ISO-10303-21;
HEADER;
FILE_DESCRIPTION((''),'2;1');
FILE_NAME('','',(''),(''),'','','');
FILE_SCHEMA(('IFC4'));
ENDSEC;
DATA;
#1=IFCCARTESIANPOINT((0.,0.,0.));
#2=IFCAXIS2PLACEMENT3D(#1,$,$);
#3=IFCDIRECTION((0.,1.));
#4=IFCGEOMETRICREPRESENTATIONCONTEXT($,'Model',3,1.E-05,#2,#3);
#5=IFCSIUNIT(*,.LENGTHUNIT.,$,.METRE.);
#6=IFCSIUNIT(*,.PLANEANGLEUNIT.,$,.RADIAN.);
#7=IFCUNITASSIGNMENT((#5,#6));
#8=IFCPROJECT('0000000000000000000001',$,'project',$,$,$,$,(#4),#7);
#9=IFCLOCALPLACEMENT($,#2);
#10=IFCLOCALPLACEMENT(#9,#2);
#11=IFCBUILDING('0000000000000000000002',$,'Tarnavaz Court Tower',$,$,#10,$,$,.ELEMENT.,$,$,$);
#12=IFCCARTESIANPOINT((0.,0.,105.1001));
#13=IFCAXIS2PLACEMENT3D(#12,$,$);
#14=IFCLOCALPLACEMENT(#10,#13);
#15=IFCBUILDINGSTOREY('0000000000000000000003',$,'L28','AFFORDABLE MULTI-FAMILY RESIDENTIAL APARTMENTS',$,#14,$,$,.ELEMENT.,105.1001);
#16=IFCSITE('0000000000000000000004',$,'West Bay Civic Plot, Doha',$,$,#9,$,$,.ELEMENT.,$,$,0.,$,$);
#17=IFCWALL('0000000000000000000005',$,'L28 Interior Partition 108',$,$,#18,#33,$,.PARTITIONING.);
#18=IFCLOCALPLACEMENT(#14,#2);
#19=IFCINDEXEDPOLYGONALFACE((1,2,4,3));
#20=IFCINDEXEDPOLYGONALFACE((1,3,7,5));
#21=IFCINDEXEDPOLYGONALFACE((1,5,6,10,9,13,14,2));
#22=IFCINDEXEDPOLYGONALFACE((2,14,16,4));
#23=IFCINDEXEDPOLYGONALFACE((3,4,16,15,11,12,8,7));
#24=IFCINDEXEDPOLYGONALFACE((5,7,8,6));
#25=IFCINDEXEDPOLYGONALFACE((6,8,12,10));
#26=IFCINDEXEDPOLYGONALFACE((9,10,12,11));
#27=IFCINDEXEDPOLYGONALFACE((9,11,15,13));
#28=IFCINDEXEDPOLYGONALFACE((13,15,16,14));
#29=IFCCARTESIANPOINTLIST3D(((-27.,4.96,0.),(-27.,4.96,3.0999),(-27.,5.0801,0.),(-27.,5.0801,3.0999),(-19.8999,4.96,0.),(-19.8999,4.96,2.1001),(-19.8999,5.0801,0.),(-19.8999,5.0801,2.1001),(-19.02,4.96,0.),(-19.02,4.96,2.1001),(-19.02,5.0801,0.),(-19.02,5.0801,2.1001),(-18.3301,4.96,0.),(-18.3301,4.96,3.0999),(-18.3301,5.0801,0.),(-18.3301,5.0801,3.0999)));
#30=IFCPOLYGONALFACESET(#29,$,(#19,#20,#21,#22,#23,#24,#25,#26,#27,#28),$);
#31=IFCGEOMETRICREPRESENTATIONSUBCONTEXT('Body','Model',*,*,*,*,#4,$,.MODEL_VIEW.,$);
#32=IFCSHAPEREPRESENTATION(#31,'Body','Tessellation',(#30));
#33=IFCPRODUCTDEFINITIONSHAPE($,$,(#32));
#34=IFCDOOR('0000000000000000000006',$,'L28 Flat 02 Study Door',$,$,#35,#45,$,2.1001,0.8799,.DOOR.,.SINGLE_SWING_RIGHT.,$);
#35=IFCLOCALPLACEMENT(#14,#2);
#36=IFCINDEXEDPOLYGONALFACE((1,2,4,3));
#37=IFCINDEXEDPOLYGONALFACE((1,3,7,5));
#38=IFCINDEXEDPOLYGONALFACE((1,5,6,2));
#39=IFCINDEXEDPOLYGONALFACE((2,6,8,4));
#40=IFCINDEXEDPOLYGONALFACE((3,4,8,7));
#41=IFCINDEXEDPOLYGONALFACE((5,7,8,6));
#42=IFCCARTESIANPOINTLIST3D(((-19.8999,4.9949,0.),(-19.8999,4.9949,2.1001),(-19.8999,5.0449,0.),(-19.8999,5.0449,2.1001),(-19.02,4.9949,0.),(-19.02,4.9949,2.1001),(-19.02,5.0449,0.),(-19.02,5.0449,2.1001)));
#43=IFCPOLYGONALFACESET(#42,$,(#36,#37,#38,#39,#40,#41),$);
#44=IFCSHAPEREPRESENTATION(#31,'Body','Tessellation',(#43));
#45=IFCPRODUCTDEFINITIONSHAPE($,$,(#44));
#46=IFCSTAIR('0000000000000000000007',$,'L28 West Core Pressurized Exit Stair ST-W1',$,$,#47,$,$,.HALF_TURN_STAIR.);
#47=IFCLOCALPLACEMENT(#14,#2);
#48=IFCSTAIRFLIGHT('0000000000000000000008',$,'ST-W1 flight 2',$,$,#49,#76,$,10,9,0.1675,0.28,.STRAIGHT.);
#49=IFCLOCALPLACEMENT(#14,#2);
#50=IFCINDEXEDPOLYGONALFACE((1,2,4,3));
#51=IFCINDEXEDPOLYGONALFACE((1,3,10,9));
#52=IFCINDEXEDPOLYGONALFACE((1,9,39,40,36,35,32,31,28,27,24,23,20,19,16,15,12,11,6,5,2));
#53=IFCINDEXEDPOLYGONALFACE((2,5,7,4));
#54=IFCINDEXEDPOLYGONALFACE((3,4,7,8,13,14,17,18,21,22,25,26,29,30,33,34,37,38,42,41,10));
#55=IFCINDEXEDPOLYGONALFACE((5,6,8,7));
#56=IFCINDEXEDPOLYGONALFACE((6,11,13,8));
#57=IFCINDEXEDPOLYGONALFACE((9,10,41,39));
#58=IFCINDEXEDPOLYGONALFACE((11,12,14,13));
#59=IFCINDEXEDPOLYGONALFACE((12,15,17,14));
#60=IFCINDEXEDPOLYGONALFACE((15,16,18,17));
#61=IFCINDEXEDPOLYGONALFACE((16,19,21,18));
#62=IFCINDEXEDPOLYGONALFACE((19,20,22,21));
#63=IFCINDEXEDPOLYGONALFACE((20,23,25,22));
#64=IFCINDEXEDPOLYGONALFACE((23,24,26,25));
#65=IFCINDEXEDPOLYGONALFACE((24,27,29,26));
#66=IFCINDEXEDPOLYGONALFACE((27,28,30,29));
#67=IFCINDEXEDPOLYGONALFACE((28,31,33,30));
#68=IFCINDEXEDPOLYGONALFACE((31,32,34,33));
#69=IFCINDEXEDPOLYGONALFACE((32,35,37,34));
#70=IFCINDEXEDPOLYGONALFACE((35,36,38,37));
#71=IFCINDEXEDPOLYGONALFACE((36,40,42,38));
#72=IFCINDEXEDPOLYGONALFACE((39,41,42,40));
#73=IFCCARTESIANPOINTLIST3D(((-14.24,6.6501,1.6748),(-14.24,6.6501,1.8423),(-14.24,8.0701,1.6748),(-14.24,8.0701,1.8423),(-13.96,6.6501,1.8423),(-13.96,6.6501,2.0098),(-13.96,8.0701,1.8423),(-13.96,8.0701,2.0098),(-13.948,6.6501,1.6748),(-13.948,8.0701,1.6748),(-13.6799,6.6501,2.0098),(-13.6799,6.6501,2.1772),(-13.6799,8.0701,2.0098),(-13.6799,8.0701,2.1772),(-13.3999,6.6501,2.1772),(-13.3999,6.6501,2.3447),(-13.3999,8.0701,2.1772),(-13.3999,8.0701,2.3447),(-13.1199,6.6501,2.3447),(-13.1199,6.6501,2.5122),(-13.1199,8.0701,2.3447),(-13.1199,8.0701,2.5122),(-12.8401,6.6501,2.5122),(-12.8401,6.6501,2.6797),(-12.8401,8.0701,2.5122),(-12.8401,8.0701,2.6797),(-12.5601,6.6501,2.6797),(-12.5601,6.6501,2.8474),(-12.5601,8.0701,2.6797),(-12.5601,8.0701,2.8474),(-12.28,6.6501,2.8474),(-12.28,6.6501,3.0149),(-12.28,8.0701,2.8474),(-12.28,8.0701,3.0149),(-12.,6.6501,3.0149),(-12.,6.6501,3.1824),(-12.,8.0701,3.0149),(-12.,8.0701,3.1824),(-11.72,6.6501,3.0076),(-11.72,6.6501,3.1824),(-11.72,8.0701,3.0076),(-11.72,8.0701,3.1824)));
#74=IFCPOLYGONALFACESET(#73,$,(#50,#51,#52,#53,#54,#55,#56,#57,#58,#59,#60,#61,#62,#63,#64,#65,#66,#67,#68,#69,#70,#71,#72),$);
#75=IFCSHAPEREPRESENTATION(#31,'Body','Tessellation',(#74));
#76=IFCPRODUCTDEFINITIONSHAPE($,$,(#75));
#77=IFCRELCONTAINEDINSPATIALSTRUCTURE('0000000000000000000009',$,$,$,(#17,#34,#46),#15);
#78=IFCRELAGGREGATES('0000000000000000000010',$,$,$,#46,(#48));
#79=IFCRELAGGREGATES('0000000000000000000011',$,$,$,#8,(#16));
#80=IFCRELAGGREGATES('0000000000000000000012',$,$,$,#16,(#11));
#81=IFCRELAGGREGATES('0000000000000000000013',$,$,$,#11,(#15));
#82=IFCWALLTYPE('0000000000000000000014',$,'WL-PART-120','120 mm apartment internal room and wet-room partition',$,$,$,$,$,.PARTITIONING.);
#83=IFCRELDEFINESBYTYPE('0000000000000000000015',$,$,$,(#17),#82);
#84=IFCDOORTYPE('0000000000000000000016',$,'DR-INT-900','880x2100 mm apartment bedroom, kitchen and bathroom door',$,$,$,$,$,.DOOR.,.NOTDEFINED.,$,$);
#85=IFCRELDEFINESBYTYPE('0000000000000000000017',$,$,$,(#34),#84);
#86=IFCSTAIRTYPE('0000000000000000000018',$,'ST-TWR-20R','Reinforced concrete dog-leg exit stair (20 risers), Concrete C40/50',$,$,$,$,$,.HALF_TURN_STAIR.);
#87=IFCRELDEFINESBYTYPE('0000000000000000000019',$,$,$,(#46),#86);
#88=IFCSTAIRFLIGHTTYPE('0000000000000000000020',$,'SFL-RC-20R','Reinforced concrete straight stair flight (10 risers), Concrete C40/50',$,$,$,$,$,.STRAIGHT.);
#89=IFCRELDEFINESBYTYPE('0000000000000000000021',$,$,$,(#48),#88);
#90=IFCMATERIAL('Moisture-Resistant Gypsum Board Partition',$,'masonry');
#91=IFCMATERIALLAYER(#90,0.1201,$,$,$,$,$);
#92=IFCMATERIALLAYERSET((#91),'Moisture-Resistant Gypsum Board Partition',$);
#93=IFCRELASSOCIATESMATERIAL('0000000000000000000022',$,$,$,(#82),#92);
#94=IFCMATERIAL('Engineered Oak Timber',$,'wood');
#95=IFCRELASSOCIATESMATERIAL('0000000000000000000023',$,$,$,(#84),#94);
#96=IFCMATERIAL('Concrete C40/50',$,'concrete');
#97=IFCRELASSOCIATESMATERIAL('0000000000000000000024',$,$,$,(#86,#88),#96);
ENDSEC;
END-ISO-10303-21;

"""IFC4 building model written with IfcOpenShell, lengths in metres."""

from ifc_helpers import new_model, si_unit, direction, frame, frame_2d, origin, place, context, subcontext, project, spatial, polyline, rectangle, outline, extrude, material, layer, layer_set, type_object, element, fill, aggregate, save


model = new_model("IFC4")

# Units and contexts
model_context = context("Model", 3, precision=1e-05, world=origin(), true_north=direction((0.0, 1.0)))
body_context = subcontext(model_context, "Body", "Model", "MODEL_VIEW")
ifc_project = project(units=[si_unit("LENGTHUNIT", "METRE"), si_unit("PLANEANGLEUNIT", "RADIAN")], contexts=[model_context])

# Site, building, storey
site_placement = place(None, origin())
site = spatial("IfcSite", under=ifc_project, at=site_placement, Name="West Bay Civic Plot, Doha", CompositionType="ELEMENT", RefElevation=0.0)
building_placement = place(site_placement, origin())
building = spatial("IfcBuilding", under=site, at=building_placement, Name="Tarnavaz Court Tower", CompositionType="ELEMENT")
storey_placement = place(building_placement, frame((0.0, 0.0, 105.1001)))
storey = spatial("IfcBuildingStorey", under=building, at=storey_placement, Name="L28", Description="AFFORDABLE MULTI-FAMILY RESIDENTIAL APARTMENTS", CompositionType="ELEMENT", Elevation=105.1001)

# Shared definitions
ifc_material_1 = material(Name="Engineered Oak Timber", Category="wood")

# Wall, opening, door
ifc_material_2 = material(Name="Moisture-Resistant Gypsum Board Partition", Category="masonry")
ifc_layer_1 = layer(ifc_material_2, 0.1201)
ifc_layer_set_1 = layer_set([ifc_layer_1], Name="Moisture-Resistant Gypsum Board Partition")
wall_type_1 = type_object("IfcWallType", Name="WL-PART-120", Description="120 mm apartment internal room and wet-room partition", PredefinedType="PARTITIONING", material=ifc_layer_set_1)
wall_1_placement = place(storey_placement, frame((-27.0, 5.02, 0.0), z_axis=(0.0, 0.0, 1.0), x_axis=(1.0, 0.0, 0.0)))
wall_1 = element("IfcWall", 1, at=wall_1_placement, inside=storey, type_object=wall_type_1, Name="L28 Interior Partition 108", PredefinedType="PARTITIONING", context=body_context, shape_type="SweptSolid", body=[
    extrude(rectangle(XDim=8.6699, YDim=0.1201, at=frame_2d((4.335, 0.0))), origin(), (0.0, 0.0, 1.0), 3.0999),
])
opening_1_placement = place(wall_1_placement, frame((7.1001, 0.0, 0.0)))
opening_1 = element("IfcOpeningElement", 2, at=opening_1_placement, cuts=wall_1, PredefinedType="OPENING", context=body_context, shape_type="SweptSolid", body=[
    extrude(rectangle(XDim=0.8799, YDim=2.1001, at=frame_2d((0.4399, 1.05))), frame((0.0, 0.0701, 0.0), z_axis=(0.0, -1.0, 0.0), x_axis=(1.0, 0.0, 0.0)), (0.0, 0.0, 1.0), 0.1401),
])
door_type_1 = type_object("IfcDoorType", Name="DR-INT-900", Description="880x2100 mm apartment bedroom, kitchen and bathroom door", OperationType="NOTDEFINED", PredefinedType="DOOR", material=ifc_material_1)
door_1_placement = place(opening_1_placement, origin())
door_1 = element("IfcDoor", 3, at=door_1_placement, inside=storey, type_object=door_type_1, Name="L28 Flat 02 Study Door", OperationType="SINGLE_SWING_RIGHT", OverallHeight=2.1001, OverallWidth=0.8799, PredefinedType="DOOR", context=body_context, shape_type="SweptSolid", body=[
    extrude(rectangle(XDim=0.8799, YDim=2.1001, at=frame_2d((0.4399, 1.05))), frame((0.0, 0.0249, 0.0), z_axis=(0.0, -1.0, 0.0), x_axis=(1.0, 0.0, 0.0)), (0.0, 0.0, 1.0), 0.05),
])
fill(opening_1, door_1)

# Stair, stair flight
ifc_material_3 = material(Name="Concrete C40/50", Category="concrete")
stair_type = type_object("IfcStairType", Name="ST-TWR-20R", Description="Reinforced concrete dog-leg exit stair (20 risers), Concrete C40/50", PredefinedType="HALF_TURN_STAIR", material=ifc_material_3)
stair_placement = place(storey_placement, origin())
stair = element("IfcStair", 4, at=stair_placement, inside=storey, type_object=stair_type, Name="L28 West Core Pressurized Exit Stair ST-W1", PredefinedType="HALF_TURN_STAIR")
stair_flight_type = type_object("IfcStairFlightType", Name="SFL-RC-20R", Description="Reinforced concrete straight stair flight (10 risers), Concrete C40/50", PredefinedType="STRAIGHT", material=ifc_material_3)
stair_flight_placement = place(storey_placement, frame((-14.24, 7.3601, 1.6748), z_axis=(0.0, 0.0, 1.0), x_axis=(1.0, 0.0, 0.0)))
stair_flight = element("IfcStairFlight", 5, at=stair_flight_placement, type_object=stair_flight_type, Name="ST-W1 flight 2", NumberOfRisers=10, NumberOfTreads=9, PredefinedType="STRAIGHT", RiserHeight=0.1675, TreadLength=0.28, context=body_context, shape_type="SweptSolid", body=[
    extrude(outline(polyline([(0.0, 0.0), (0.0, 0.1675), (0.28, 0.1675), (0.28, 0.335), (0.5601, 0.335), (0.5601, 0.5024), (0.8401, 0.5024), (0.8401, 0.6699), (1.1201, 0.6699), (1.1201, 0.8374), (1.3999, 0.8374), (1.3999, 1.0049), (1.6799, 1.0049), (1.6799, 1.1726), (1.96, 1.1726), (1.96, 1.3401), (2.24, 1.3401), (2.24, 1.5076), (2.52, 1.5076), (2.52, 1.675), (2.52, 1.3328), (0.292, 0.0), (0.0, 0.0)])), frame((0.0, 0.71, 0.0), z_axis=(0.0, -1.0, 0.0), x_axis=(1.0, 0.0, 0.0)), (0.0, 0.0, 1.0), 1.4199),
])
aggregate(stair, [stair_flight])

save(model, "model.ifc")
